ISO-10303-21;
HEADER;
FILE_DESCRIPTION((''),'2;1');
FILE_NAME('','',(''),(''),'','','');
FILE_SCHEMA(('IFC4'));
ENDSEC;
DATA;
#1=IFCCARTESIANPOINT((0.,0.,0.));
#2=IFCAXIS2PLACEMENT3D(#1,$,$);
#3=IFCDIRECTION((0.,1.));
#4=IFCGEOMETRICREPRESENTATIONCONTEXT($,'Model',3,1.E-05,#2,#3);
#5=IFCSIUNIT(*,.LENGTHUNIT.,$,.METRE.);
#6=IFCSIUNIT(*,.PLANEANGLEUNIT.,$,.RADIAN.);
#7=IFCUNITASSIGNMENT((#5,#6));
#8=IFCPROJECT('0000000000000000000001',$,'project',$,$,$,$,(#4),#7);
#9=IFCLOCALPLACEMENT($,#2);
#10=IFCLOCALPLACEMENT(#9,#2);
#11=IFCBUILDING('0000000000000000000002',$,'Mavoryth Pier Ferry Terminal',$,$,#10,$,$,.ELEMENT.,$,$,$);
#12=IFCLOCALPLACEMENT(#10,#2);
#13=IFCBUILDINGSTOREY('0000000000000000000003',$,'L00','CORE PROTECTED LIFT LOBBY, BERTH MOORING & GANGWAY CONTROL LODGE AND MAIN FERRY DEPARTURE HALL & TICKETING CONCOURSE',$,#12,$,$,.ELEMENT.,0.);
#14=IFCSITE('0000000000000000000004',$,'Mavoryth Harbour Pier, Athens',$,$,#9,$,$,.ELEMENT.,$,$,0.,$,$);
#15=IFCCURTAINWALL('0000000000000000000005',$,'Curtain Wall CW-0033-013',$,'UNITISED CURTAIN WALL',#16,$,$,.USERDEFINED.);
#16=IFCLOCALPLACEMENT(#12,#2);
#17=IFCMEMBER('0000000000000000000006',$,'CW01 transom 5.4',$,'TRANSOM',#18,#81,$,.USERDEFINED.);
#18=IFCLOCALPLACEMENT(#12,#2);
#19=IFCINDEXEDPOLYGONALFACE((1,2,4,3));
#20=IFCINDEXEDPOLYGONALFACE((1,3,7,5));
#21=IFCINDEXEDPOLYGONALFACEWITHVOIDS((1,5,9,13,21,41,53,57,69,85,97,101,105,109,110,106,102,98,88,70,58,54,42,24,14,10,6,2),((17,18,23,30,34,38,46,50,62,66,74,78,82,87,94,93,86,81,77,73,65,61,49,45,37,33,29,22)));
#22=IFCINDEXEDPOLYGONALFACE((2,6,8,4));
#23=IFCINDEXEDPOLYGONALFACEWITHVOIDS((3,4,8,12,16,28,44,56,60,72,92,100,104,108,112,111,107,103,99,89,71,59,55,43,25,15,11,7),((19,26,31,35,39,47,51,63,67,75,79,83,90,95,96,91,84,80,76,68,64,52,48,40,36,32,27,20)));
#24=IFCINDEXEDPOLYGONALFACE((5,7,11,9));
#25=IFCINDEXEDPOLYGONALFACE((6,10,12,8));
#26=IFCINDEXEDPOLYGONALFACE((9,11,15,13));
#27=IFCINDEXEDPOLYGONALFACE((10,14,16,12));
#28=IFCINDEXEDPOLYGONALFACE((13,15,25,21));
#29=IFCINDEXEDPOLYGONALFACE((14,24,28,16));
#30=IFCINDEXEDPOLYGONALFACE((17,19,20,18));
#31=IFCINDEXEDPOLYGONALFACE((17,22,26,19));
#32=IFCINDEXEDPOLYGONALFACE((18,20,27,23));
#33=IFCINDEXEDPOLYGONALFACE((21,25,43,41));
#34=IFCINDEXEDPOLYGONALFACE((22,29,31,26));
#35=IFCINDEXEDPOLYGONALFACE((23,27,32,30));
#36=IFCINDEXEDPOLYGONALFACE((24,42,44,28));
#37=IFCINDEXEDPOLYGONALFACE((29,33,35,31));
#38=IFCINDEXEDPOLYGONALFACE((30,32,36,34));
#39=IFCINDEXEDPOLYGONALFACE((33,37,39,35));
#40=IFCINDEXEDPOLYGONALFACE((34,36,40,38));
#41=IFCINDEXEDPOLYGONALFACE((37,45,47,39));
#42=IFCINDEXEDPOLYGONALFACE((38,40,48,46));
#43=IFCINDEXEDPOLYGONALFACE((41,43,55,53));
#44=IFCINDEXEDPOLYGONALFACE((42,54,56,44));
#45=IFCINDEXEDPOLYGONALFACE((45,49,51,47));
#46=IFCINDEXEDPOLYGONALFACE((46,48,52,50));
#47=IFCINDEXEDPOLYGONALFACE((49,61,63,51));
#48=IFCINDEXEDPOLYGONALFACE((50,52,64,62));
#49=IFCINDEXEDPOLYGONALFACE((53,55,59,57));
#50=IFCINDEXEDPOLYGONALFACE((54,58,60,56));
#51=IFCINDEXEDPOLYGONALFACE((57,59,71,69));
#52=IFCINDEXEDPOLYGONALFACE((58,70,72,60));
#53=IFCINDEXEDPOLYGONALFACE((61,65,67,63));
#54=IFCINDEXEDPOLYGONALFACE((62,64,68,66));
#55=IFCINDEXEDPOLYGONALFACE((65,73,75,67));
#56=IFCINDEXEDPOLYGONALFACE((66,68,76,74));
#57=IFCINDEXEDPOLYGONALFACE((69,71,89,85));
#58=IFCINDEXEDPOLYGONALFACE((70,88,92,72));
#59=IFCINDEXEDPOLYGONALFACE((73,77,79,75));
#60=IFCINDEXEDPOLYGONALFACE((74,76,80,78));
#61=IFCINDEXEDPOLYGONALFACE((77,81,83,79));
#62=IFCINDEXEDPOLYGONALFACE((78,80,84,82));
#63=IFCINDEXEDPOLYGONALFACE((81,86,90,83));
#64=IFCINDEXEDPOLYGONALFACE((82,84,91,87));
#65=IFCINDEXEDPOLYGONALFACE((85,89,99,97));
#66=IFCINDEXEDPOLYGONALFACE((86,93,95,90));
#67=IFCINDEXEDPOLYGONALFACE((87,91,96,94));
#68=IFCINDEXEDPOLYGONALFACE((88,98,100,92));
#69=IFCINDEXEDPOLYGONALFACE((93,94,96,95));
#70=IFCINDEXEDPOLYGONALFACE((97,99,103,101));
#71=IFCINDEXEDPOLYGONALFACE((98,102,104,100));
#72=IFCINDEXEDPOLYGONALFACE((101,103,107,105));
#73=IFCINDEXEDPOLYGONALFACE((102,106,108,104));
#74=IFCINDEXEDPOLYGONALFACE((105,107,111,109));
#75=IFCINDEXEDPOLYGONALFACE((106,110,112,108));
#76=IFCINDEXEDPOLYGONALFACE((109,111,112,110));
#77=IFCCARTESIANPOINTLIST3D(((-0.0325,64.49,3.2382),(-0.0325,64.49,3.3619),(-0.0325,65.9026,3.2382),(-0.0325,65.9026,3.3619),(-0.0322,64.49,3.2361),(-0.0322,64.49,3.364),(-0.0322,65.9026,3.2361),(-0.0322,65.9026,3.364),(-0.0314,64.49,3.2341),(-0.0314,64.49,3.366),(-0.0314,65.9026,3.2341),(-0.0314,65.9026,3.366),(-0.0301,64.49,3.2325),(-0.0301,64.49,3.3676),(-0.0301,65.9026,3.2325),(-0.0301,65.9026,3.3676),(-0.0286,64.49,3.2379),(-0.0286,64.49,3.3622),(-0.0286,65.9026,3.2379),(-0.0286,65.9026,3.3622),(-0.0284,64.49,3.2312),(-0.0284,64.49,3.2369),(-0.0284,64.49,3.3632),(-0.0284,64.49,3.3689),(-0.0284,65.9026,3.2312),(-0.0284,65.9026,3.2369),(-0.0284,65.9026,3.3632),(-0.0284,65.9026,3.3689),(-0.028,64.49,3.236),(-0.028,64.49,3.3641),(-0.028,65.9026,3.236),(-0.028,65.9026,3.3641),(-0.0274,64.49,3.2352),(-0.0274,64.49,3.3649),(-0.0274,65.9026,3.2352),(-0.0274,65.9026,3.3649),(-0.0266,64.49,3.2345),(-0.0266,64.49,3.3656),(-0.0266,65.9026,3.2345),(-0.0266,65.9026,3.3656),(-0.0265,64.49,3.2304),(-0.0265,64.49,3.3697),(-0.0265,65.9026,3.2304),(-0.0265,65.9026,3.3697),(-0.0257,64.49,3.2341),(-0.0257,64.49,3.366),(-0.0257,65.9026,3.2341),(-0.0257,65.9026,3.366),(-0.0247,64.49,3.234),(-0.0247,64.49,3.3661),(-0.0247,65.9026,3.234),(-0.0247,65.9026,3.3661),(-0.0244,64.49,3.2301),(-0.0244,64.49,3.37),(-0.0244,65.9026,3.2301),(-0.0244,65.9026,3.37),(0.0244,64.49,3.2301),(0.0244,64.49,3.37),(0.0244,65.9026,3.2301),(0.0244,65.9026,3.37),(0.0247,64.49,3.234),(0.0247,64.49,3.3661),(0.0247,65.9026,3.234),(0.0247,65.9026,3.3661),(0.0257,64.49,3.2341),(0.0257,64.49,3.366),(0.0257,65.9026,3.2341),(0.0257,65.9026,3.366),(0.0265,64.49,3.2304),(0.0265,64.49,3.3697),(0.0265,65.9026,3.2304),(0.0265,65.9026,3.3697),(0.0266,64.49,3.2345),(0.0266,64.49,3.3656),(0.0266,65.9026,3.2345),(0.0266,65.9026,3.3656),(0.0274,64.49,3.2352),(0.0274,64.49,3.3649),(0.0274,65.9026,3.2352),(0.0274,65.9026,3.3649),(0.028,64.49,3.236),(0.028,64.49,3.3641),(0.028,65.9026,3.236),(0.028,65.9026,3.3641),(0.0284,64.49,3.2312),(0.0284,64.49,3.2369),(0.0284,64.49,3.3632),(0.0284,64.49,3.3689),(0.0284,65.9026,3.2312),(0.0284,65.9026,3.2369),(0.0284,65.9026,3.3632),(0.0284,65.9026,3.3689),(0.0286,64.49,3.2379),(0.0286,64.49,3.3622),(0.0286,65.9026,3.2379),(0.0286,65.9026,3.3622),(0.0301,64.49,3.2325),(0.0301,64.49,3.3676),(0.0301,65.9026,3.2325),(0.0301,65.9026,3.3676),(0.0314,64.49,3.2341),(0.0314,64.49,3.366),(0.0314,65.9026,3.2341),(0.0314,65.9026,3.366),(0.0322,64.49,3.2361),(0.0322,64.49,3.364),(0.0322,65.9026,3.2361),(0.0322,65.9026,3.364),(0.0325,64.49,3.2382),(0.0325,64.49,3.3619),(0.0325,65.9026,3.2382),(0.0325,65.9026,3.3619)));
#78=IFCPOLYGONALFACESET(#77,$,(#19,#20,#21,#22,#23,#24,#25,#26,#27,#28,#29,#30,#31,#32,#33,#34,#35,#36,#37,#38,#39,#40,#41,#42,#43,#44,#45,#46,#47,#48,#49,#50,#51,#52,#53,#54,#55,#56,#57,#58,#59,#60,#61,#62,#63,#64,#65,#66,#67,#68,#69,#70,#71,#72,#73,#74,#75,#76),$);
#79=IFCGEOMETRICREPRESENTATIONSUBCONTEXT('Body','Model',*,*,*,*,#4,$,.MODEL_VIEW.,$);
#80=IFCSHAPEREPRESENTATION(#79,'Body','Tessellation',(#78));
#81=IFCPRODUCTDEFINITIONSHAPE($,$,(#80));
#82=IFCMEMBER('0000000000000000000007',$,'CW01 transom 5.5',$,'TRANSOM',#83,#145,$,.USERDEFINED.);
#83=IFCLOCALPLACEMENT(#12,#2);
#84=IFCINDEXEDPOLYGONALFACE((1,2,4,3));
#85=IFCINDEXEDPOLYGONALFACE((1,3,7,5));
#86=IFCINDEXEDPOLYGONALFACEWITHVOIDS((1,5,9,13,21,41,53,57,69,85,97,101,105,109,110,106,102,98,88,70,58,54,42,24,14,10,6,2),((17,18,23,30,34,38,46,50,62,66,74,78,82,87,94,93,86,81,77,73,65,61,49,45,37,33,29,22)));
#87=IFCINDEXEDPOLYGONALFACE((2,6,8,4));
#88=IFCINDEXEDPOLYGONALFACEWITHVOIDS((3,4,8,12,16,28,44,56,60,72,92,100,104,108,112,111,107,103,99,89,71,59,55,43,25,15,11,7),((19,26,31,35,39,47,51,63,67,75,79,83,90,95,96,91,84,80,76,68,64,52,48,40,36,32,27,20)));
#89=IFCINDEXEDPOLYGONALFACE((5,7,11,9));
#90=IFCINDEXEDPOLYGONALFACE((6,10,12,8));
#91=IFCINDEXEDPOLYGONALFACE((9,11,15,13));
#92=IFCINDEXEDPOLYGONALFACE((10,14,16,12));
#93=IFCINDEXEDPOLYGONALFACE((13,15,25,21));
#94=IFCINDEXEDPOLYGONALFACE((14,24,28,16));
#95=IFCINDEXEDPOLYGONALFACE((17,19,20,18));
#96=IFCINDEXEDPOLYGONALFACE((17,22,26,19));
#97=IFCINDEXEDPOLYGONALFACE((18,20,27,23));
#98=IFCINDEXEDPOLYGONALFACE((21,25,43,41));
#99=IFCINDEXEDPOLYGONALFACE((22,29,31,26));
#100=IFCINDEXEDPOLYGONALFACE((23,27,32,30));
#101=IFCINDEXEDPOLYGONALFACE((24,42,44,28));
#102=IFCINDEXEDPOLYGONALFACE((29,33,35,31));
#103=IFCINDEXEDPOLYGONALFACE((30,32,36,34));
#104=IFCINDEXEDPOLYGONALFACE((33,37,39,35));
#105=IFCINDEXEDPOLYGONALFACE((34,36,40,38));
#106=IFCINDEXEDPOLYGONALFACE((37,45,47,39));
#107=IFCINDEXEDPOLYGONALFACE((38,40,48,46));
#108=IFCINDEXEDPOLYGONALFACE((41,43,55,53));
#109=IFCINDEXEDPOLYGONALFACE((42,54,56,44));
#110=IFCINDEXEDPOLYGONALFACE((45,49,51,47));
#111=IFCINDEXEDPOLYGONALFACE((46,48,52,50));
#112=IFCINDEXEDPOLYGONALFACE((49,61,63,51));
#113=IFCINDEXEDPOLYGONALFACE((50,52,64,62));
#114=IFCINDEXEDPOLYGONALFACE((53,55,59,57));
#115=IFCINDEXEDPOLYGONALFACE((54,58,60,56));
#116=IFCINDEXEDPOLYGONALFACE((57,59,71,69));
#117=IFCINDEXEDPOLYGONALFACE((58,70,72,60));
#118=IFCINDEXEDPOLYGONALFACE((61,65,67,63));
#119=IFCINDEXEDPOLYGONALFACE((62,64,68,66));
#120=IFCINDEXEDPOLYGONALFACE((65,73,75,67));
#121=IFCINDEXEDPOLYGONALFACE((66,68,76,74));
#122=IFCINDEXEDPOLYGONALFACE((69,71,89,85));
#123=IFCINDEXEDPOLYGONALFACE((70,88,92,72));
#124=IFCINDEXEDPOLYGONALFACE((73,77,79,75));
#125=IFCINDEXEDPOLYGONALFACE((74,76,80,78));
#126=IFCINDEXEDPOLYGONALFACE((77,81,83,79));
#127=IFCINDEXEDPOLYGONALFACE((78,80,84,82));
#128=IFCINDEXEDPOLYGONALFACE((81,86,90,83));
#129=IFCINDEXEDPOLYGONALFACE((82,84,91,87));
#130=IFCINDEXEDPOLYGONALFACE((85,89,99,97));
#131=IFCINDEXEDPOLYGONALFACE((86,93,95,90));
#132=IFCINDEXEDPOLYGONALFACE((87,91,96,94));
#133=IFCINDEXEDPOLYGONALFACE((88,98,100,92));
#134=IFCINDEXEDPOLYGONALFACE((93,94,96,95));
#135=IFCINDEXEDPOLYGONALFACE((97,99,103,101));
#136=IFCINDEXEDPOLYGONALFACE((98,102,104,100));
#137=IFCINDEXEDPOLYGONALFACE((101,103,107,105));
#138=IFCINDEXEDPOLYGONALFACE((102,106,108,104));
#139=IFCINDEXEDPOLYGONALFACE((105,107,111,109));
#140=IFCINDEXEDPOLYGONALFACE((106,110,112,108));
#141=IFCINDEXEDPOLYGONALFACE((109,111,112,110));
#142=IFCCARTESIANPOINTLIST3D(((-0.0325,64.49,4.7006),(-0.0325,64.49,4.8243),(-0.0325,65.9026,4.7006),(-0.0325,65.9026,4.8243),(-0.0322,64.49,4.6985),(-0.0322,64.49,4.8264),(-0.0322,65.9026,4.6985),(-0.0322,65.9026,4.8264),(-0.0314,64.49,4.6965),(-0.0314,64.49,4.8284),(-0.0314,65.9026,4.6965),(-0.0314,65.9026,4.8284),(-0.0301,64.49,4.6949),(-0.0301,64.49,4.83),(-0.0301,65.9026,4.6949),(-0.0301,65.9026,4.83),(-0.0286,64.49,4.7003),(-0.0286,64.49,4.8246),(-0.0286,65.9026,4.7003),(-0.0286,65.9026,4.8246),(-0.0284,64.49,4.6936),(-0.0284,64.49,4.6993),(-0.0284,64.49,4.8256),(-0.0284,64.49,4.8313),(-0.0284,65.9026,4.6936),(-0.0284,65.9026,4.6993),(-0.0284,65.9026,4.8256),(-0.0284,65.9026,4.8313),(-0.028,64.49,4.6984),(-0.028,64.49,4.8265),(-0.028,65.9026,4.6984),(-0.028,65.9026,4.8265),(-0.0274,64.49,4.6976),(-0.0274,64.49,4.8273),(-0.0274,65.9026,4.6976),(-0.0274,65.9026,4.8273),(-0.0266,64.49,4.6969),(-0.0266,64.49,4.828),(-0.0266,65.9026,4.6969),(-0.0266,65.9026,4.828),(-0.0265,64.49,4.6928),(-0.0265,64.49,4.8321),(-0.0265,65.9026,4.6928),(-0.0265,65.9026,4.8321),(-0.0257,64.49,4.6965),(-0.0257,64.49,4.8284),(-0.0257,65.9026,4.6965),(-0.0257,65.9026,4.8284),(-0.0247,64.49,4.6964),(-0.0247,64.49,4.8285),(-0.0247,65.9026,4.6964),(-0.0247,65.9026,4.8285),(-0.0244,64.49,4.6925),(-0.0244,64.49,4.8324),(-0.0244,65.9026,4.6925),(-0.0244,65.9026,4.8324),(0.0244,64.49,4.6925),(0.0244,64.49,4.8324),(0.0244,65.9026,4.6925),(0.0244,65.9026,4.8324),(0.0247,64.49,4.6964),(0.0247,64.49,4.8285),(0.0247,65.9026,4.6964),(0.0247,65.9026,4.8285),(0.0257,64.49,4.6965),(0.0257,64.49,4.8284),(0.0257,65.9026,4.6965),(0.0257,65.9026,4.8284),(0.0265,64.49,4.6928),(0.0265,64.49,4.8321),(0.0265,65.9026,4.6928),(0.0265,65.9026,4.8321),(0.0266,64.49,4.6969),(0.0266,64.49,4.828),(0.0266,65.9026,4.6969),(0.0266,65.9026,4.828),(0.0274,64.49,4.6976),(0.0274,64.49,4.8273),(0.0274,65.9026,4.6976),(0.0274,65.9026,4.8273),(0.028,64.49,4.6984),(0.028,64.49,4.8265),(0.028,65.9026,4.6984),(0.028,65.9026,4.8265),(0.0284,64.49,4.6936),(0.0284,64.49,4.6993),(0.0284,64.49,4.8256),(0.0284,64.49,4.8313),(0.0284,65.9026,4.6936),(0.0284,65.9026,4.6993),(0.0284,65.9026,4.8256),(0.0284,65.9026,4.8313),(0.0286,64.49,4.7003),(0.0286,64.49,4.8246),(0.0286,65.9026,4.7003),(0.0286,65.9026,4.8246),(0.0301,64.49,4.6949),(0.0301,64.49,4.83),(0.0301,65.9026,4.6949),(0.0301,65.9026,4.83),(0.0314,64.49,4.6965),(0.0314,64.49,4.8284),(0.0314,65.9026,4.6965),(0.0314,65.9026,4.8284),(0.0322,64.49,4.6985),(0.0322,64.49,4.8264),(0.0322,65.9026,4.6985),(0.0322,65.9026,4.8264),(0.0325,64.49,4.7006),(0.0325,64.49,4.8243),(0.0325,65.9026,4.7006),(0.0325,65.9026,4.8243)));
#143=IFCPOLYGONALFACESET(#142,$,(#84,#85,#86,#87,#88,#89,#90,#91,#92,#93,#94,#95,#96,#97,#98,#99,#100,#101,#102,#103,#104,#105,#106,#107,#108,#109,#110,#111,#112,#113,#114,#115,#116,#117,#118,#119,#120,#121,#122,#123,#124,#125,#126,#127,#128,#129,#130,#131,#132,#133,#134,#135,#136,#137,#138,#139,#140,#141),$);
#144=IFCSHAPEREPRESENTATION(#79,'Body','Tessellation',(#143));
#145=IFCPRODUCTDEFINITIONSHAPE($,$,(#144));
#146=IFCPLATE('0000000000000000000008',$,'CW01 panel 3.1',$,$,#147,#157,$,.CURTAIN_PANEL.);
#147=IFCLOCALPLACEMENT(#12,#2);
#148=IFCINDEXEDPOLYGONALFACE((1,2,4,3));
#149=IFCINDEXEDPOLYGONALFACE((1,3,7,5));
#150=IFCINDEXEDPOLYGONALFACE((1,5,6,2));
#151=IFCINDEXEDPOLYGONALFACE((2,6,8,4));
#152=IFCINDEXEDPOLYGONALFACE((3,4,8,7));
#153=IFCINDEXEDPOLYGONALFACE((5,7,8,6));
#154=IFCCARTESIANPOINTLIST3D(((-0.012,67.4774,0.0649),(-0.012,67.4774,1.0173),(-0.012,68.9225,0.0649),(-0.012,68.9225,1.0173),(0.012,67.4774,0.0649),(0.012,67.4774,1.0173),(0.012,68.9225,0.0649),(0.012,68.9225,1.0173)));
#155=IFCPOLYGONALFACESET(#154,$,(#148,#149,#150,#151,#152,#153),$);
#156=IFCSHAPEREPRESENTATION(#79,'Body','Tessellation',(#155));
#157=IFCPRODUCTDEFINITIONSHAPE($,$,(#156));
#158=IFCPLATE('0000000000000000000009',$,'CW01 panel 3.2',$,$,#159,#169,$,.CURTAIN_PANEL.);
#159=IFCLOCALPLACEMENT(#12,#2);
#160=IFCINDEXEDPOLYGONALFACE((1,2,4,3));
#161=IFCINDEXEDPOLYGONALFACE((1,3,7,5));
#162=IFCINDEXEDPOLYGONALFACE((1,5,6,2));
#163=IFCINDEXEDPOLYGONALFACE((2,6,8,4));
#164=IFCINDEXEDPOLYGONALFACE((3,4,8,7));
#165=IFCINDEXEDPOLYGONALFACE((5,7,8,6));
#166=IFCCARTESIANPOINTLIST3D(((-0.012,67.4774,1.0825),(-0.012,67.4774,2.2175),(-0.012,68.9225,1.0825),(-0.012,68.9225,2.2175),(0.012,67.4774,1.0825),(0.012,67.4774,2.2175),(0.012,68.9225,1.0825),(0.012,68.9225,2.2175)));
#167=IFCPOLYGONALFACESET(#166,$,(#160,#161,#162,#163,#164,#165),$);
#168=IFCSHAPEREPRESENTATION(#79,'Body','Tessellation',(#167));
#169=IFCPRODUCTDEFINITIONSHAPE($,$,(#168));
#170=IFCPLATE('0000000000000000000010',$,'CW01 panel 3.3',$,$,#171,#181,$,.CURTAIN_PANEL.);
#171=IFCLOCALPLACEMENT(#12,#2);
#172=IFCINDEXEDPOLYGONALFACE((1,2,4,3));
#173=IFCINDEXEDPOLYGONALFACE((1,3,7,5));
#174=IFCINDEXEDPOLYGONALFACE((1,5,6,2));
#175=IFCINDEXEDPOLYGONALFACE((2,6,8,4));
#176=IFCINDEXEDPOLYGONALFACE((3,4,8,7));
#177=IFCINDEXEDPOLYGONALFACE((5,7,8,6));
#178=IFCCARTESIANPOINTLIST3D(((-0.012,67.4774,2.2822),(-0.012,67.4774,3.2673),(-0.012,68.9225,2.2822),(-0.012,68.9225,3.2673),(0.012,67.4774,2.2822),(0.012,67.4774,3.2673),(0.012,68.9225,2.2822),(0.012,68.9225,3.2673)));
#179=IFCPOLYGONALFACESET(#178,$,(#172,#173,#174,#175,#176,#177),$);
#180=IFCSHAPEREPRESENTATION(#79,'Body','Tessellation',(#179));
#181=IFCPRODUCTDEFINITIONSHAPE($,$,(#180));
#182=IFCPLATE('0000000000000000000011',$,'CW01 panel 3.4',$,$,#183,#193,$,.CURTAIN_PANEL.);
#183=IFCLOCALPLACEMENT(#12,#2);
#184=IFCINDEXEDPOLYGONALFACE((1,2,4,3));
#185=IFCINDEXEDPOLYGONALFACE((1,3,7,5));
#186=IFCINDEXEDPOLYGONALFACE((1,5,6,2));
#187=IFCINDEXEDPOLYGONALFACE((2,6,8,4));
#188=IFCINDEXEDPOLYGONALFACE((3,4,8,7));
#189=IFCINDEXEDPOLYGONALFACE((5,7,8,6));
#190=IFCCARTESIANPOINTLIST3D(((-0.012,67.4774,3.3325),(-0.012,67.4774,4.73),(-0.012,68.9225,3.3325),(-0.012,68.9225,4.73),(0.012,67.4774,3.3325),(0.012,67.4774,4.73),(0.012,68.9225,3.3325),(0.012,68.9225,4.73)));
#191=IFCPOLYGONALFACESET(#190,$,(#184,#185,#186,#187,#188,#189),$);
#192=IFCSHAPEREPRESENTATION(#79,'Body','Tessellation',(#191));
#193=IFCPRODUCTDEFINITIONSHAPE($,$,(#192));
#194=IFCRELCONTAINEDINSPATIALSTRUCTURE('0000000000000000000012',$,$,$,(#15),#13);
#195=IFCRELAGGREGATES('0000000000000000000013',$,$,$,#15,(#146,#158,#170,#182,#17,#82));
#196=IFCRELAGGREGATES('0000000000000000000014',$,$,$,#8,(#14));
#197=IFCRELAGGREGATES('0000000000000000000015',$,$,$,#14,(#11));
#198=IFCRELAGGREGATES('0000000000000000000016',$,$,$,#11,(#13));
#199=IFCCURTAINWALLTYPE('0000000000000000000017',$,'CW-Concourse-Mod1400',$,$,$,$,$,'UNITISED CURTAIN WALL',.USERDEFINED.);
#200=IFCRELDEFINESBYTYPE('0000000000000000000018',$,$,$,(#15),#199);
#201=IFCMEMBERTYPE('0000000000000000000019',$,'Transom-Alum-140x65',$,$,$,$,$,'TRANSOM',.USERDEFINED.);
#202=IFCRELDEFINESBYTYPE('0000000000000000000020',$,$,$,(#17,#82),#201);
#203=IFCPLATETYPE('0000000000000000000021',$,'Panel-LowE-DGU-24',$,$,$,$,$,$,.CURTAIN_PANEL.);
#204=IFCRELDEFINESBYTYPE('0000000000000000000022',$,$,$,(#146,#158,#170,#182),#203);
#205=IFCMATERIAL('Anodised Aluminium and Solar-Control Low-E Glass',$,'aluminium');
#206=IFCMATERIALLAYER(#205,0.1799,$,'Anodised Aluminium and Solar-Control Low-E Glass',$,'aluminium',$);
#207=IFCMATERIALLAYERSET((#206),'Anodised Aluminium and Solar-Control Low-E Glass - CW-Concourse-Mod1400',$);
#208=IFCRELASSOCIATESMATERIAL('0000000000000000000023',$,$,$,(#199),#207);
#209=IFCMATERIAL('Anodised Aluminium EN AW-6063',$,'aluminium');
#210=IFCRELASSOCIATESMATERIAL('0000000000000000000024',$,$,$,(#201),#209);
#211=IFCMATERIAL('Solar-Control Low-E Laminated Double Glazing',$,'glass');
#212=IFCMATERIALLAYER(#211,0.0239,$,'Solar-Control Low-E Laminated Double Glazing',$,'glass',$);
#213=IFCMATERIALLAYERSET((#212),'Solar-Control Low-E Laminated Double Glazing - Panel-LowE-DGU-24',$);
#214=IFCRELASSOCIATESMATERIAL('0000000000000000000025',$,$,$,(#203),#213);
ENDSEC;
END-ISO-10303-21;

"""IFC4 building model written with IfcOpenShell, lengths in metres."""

from ifc_helpers import new_model, si_unit, direction, frame, origin, origin_2d, place, context, subcontext, project, spatial, rectangle, hollow_rectangle, extrude, material, layer, layer_set, material_profile, profile_set, type_object, element, aggregate, save


model = new_model("IFC4")

# Units and contexts
model_context = context("Model", 3, precision=1e-05, world=origin(), true_north=direction((0.0, 1.0)))
body_context = subcontext(model_context, "Body", "Model", "MODEL_VIEW")
ifc_project = project(units=[si_unit("LENGTHUNIT", "METRE"), si_unit("PLANEANGLEUNIT", "RADIAN")], contexts=[model_context])

# Site, building, storey
site_placement = place(None, origin())
site = spatial("IfcSite", under=ifc_project, at=site_placement, Name="Mavoryth Harbour Pier, Athens", CompositionType="ELEMENT", RefElevation=0.0)
building_placement = place(site_placement, origin())
building = spatial("IfcBuilding", under=site, at=building_placement, Name="Mavoryth Pier Ferry Terminal", CompositionType="ELEMENT")
storey_placement = place(building_placement, origin())
storey = spatial("IfcBuildingStorey", under=building, at=storey_placement, Name="L00", Description="CORE PROTECTED LIFT LOBBY, BERTH MOORING & GANGWAY CONTROL LODGE AND MAIN FERRY DEPARTURE HALL & TICKETING CONCOURSE", CompositionType="ELEMENT", Elevation=0.0)

# Curtain wall, members, plates
ifc_material_1 = material(Name="Anodised Aluminium and Solar-Control Low-E Glass", Category="aluminium")
ifc_layer_1 = layer(ifc_material_1, 0.1799, Name="Anodised Aluminium and Solar-Control Low-E Glass", Category="aluminium")
ifc_layer_set_1 = layer_set([ifc_layer_1], Name="Anodised Aluminium and Solar-Control Low-E Glass - CW-Concourse-Mod1400")
curtain_wall_type = type_object("IfcCurtainWallType", Name="CW-Concourse-Mod1400", ElementType="UNITISED CURTAIN WALL", PredefinedType="USERDEFINED", material=ifc_layer_set_1)
curtain_wall_placement = place(storey_placement, origin())
curtain_wall = element("IfcCurtainWall", 1, at=curtain_wall_placement, inside=storey, type_object=curtain_wall_type, Name="Curtain Wall CW-0033-013", ObjectType="UNITISED CURTAIN WALL", PredefinedType="USERDEFINED")
ifc_material_2 = material(Name="Anodised Aluminium EN AW-6063", Category="aluminium")
ifc_material_profile_1 = material_profile(ifc_material_2, hollow_rectangle(XDim=0.0649, YDim=0.1399, WallThickness=0.0039, InnerFilletRadius=0.0039, OuterFilletRadius=0.0081, at=origin_2d()), Name="AL-TRAN 140x65x4", Category="aluminium")
ifc_profile_set_1 = profile_set([ifc_material_profile_1], Name="Anodised Aluminium EN AW-6063 - AL-TRAN 140x65x4")
member_type_1 = type_object("IfcMemberType", Name="Transom-Alum-140x65", ElementType="TRANSOM", PredefinedType="USERDEFINED", material=ifc_profile_set_1)
member_1_placement = place(storey_placement, frame((0.0, 65.9026, 3.3), z_axis=(0.0, -1.0, 0.0), x_axis=(1.0, 0.0, 0.0)))
member_1 = element("IfcMember", 2, at=member_1_placement, type_object=member_type_1, Name="CW01 transom 5.4", ObjectType="TRANSOM", PredefinedType="USERDEFINED", context=body_context, shape_type="SweptSolid", body=[
    extrude(hollow_rectangle(XDim=0.0649, YDim=0.1399, WallThickness=0.0039, InnerFilletRadius=0.0039, OuterFilletRadius=0.0081, at=origin_2d()), origin(), (0.0, 0.0, 1.0), 1.4126),
])
member_2_placement = place(storey_placement, frame((0.0, 65.9026, 4.7625), z_axis=(0.0, -1.0, 0.0), x_axis=(1.0, 0.0, 0.0)))
member_2 = element("IfcMember", 3, at=member_2_placement, type_object=member_type_1, Name="CW01 transom 5.5", ObjectType="TRANSOM", PredefinedType="USERDEFINED", context=body_context, shape_type="SweptSolid", body=[
    extrude(hollow_rectangle(XDim=0.0649, YDim=0.1399, WallThickness=0.0039, InnerFilletRadius=0.0039, OuterFilletRadius=0.0081, at=origin_2d()), origin(), (0.0, 0.0, 1.0), 1.4126),
])
ifc_material_3 = material(Name="Solar-Control Low-E Laminated Double Glazing", Category="glass")
ifc_layer_2 = layer(ifc_material_3, 0.0239, Name="Solar-Control Low-E Laminated Double Glazing", Category="glass")
ifc_layer_set_2 = layer_set([ifc_layer_2], Name="Solar-Control Low-E Laminated Double Glazing - Panel-LowE-DGU-24")
plate_type = type_object("IfcPlateType", Name="Panel-LowE-DGU-24", PredefinedType="CURTAIN_PANEL", material=ifc_layer_set_2)
plate_1_placement = place(storey_placement, frame((0.0, 68.2, 0.0649), z_axis=(0.0, 0.0, 1.0), x_axis=(0.0, -1.0, 0.0)))
plate_1 = element("IfcPlate", 4, at=plate_1_placement, type_object=plate_type, Name="CW01 panel 3.1", PredefinedType="CURTAIN_PANEL", context=body_context, shape_type="SweptSolid", body=[
    extrude(rectangle(XDim=1.4451, YDim=0.0239, at=origin_2d()), origin(), (0.0, 0.0, 1.0), 0.9524),
])
plate_2_placement = place(storey_placement, frame((0.0, 68.2, 1.0825), z_axis=(0.0, 0.0, 1.0), x_axis=(0.0, -1.0, 0.0)))
plate_2 = element("IfcPlate", 5, at=plate_2_placement, type_object=plate_type, Name="CW01 panel 3.2", PredefinedType="CURTAIN_PANEL", context=body_context, shape_type="SweptSolid", body=[
    extrude(rectangle(XDim=1.4451, YDim=0.0239, at=origin_2d()), origin(), (0.0, 0.0, 1.0), 1.135),
])
plate_3_placement = place(storey_placement, frame((0.0, 68.2, 2.2822), z_axis=(0.0, 0.0, 1.0), x_axis=(0.0, -1.0, 0.0)))
plate_3 = element("IfcPlate", 6, at=plate_3_placement, type_object=plate_type, Name="CW01 panel 3.3", PredefinedType="CURTAIN_PANEL", context=body_context, shape_type="SweptSolid", body=[
    extrude(rectangle(XDim=1.4451, YDim=0.0239, at=origin_2d()), origin(), (0.0, 0.0, 1.0), 0.9851),
])
plate_4_placement = place(storey_placement, frame((0.0, 68.2, 3.3325), z_axis=(0.0, 0.0, 1.0), x_axis=(0.0, -1.0, 0.0)))
plate_4 = element("IfcPlate", 7, at=plate_4_placement, type_object=plate_type, Name="CW01 panel 3.4", PredefinedType="CURTAIN_PANEL", context=body_context, shape_type="SweptSolid", body=[
    extrude(rectangle(XDim=1.4451, YDim=0.0239, at=origin_2d()), origin(), (0.0, 0.0, 1.0), 1.3975),
])
aggregate(curtain_wall, [plate_1, plate_2, plate_3, plate_4, member_1, member_2])

save(model, "model.ifc")
